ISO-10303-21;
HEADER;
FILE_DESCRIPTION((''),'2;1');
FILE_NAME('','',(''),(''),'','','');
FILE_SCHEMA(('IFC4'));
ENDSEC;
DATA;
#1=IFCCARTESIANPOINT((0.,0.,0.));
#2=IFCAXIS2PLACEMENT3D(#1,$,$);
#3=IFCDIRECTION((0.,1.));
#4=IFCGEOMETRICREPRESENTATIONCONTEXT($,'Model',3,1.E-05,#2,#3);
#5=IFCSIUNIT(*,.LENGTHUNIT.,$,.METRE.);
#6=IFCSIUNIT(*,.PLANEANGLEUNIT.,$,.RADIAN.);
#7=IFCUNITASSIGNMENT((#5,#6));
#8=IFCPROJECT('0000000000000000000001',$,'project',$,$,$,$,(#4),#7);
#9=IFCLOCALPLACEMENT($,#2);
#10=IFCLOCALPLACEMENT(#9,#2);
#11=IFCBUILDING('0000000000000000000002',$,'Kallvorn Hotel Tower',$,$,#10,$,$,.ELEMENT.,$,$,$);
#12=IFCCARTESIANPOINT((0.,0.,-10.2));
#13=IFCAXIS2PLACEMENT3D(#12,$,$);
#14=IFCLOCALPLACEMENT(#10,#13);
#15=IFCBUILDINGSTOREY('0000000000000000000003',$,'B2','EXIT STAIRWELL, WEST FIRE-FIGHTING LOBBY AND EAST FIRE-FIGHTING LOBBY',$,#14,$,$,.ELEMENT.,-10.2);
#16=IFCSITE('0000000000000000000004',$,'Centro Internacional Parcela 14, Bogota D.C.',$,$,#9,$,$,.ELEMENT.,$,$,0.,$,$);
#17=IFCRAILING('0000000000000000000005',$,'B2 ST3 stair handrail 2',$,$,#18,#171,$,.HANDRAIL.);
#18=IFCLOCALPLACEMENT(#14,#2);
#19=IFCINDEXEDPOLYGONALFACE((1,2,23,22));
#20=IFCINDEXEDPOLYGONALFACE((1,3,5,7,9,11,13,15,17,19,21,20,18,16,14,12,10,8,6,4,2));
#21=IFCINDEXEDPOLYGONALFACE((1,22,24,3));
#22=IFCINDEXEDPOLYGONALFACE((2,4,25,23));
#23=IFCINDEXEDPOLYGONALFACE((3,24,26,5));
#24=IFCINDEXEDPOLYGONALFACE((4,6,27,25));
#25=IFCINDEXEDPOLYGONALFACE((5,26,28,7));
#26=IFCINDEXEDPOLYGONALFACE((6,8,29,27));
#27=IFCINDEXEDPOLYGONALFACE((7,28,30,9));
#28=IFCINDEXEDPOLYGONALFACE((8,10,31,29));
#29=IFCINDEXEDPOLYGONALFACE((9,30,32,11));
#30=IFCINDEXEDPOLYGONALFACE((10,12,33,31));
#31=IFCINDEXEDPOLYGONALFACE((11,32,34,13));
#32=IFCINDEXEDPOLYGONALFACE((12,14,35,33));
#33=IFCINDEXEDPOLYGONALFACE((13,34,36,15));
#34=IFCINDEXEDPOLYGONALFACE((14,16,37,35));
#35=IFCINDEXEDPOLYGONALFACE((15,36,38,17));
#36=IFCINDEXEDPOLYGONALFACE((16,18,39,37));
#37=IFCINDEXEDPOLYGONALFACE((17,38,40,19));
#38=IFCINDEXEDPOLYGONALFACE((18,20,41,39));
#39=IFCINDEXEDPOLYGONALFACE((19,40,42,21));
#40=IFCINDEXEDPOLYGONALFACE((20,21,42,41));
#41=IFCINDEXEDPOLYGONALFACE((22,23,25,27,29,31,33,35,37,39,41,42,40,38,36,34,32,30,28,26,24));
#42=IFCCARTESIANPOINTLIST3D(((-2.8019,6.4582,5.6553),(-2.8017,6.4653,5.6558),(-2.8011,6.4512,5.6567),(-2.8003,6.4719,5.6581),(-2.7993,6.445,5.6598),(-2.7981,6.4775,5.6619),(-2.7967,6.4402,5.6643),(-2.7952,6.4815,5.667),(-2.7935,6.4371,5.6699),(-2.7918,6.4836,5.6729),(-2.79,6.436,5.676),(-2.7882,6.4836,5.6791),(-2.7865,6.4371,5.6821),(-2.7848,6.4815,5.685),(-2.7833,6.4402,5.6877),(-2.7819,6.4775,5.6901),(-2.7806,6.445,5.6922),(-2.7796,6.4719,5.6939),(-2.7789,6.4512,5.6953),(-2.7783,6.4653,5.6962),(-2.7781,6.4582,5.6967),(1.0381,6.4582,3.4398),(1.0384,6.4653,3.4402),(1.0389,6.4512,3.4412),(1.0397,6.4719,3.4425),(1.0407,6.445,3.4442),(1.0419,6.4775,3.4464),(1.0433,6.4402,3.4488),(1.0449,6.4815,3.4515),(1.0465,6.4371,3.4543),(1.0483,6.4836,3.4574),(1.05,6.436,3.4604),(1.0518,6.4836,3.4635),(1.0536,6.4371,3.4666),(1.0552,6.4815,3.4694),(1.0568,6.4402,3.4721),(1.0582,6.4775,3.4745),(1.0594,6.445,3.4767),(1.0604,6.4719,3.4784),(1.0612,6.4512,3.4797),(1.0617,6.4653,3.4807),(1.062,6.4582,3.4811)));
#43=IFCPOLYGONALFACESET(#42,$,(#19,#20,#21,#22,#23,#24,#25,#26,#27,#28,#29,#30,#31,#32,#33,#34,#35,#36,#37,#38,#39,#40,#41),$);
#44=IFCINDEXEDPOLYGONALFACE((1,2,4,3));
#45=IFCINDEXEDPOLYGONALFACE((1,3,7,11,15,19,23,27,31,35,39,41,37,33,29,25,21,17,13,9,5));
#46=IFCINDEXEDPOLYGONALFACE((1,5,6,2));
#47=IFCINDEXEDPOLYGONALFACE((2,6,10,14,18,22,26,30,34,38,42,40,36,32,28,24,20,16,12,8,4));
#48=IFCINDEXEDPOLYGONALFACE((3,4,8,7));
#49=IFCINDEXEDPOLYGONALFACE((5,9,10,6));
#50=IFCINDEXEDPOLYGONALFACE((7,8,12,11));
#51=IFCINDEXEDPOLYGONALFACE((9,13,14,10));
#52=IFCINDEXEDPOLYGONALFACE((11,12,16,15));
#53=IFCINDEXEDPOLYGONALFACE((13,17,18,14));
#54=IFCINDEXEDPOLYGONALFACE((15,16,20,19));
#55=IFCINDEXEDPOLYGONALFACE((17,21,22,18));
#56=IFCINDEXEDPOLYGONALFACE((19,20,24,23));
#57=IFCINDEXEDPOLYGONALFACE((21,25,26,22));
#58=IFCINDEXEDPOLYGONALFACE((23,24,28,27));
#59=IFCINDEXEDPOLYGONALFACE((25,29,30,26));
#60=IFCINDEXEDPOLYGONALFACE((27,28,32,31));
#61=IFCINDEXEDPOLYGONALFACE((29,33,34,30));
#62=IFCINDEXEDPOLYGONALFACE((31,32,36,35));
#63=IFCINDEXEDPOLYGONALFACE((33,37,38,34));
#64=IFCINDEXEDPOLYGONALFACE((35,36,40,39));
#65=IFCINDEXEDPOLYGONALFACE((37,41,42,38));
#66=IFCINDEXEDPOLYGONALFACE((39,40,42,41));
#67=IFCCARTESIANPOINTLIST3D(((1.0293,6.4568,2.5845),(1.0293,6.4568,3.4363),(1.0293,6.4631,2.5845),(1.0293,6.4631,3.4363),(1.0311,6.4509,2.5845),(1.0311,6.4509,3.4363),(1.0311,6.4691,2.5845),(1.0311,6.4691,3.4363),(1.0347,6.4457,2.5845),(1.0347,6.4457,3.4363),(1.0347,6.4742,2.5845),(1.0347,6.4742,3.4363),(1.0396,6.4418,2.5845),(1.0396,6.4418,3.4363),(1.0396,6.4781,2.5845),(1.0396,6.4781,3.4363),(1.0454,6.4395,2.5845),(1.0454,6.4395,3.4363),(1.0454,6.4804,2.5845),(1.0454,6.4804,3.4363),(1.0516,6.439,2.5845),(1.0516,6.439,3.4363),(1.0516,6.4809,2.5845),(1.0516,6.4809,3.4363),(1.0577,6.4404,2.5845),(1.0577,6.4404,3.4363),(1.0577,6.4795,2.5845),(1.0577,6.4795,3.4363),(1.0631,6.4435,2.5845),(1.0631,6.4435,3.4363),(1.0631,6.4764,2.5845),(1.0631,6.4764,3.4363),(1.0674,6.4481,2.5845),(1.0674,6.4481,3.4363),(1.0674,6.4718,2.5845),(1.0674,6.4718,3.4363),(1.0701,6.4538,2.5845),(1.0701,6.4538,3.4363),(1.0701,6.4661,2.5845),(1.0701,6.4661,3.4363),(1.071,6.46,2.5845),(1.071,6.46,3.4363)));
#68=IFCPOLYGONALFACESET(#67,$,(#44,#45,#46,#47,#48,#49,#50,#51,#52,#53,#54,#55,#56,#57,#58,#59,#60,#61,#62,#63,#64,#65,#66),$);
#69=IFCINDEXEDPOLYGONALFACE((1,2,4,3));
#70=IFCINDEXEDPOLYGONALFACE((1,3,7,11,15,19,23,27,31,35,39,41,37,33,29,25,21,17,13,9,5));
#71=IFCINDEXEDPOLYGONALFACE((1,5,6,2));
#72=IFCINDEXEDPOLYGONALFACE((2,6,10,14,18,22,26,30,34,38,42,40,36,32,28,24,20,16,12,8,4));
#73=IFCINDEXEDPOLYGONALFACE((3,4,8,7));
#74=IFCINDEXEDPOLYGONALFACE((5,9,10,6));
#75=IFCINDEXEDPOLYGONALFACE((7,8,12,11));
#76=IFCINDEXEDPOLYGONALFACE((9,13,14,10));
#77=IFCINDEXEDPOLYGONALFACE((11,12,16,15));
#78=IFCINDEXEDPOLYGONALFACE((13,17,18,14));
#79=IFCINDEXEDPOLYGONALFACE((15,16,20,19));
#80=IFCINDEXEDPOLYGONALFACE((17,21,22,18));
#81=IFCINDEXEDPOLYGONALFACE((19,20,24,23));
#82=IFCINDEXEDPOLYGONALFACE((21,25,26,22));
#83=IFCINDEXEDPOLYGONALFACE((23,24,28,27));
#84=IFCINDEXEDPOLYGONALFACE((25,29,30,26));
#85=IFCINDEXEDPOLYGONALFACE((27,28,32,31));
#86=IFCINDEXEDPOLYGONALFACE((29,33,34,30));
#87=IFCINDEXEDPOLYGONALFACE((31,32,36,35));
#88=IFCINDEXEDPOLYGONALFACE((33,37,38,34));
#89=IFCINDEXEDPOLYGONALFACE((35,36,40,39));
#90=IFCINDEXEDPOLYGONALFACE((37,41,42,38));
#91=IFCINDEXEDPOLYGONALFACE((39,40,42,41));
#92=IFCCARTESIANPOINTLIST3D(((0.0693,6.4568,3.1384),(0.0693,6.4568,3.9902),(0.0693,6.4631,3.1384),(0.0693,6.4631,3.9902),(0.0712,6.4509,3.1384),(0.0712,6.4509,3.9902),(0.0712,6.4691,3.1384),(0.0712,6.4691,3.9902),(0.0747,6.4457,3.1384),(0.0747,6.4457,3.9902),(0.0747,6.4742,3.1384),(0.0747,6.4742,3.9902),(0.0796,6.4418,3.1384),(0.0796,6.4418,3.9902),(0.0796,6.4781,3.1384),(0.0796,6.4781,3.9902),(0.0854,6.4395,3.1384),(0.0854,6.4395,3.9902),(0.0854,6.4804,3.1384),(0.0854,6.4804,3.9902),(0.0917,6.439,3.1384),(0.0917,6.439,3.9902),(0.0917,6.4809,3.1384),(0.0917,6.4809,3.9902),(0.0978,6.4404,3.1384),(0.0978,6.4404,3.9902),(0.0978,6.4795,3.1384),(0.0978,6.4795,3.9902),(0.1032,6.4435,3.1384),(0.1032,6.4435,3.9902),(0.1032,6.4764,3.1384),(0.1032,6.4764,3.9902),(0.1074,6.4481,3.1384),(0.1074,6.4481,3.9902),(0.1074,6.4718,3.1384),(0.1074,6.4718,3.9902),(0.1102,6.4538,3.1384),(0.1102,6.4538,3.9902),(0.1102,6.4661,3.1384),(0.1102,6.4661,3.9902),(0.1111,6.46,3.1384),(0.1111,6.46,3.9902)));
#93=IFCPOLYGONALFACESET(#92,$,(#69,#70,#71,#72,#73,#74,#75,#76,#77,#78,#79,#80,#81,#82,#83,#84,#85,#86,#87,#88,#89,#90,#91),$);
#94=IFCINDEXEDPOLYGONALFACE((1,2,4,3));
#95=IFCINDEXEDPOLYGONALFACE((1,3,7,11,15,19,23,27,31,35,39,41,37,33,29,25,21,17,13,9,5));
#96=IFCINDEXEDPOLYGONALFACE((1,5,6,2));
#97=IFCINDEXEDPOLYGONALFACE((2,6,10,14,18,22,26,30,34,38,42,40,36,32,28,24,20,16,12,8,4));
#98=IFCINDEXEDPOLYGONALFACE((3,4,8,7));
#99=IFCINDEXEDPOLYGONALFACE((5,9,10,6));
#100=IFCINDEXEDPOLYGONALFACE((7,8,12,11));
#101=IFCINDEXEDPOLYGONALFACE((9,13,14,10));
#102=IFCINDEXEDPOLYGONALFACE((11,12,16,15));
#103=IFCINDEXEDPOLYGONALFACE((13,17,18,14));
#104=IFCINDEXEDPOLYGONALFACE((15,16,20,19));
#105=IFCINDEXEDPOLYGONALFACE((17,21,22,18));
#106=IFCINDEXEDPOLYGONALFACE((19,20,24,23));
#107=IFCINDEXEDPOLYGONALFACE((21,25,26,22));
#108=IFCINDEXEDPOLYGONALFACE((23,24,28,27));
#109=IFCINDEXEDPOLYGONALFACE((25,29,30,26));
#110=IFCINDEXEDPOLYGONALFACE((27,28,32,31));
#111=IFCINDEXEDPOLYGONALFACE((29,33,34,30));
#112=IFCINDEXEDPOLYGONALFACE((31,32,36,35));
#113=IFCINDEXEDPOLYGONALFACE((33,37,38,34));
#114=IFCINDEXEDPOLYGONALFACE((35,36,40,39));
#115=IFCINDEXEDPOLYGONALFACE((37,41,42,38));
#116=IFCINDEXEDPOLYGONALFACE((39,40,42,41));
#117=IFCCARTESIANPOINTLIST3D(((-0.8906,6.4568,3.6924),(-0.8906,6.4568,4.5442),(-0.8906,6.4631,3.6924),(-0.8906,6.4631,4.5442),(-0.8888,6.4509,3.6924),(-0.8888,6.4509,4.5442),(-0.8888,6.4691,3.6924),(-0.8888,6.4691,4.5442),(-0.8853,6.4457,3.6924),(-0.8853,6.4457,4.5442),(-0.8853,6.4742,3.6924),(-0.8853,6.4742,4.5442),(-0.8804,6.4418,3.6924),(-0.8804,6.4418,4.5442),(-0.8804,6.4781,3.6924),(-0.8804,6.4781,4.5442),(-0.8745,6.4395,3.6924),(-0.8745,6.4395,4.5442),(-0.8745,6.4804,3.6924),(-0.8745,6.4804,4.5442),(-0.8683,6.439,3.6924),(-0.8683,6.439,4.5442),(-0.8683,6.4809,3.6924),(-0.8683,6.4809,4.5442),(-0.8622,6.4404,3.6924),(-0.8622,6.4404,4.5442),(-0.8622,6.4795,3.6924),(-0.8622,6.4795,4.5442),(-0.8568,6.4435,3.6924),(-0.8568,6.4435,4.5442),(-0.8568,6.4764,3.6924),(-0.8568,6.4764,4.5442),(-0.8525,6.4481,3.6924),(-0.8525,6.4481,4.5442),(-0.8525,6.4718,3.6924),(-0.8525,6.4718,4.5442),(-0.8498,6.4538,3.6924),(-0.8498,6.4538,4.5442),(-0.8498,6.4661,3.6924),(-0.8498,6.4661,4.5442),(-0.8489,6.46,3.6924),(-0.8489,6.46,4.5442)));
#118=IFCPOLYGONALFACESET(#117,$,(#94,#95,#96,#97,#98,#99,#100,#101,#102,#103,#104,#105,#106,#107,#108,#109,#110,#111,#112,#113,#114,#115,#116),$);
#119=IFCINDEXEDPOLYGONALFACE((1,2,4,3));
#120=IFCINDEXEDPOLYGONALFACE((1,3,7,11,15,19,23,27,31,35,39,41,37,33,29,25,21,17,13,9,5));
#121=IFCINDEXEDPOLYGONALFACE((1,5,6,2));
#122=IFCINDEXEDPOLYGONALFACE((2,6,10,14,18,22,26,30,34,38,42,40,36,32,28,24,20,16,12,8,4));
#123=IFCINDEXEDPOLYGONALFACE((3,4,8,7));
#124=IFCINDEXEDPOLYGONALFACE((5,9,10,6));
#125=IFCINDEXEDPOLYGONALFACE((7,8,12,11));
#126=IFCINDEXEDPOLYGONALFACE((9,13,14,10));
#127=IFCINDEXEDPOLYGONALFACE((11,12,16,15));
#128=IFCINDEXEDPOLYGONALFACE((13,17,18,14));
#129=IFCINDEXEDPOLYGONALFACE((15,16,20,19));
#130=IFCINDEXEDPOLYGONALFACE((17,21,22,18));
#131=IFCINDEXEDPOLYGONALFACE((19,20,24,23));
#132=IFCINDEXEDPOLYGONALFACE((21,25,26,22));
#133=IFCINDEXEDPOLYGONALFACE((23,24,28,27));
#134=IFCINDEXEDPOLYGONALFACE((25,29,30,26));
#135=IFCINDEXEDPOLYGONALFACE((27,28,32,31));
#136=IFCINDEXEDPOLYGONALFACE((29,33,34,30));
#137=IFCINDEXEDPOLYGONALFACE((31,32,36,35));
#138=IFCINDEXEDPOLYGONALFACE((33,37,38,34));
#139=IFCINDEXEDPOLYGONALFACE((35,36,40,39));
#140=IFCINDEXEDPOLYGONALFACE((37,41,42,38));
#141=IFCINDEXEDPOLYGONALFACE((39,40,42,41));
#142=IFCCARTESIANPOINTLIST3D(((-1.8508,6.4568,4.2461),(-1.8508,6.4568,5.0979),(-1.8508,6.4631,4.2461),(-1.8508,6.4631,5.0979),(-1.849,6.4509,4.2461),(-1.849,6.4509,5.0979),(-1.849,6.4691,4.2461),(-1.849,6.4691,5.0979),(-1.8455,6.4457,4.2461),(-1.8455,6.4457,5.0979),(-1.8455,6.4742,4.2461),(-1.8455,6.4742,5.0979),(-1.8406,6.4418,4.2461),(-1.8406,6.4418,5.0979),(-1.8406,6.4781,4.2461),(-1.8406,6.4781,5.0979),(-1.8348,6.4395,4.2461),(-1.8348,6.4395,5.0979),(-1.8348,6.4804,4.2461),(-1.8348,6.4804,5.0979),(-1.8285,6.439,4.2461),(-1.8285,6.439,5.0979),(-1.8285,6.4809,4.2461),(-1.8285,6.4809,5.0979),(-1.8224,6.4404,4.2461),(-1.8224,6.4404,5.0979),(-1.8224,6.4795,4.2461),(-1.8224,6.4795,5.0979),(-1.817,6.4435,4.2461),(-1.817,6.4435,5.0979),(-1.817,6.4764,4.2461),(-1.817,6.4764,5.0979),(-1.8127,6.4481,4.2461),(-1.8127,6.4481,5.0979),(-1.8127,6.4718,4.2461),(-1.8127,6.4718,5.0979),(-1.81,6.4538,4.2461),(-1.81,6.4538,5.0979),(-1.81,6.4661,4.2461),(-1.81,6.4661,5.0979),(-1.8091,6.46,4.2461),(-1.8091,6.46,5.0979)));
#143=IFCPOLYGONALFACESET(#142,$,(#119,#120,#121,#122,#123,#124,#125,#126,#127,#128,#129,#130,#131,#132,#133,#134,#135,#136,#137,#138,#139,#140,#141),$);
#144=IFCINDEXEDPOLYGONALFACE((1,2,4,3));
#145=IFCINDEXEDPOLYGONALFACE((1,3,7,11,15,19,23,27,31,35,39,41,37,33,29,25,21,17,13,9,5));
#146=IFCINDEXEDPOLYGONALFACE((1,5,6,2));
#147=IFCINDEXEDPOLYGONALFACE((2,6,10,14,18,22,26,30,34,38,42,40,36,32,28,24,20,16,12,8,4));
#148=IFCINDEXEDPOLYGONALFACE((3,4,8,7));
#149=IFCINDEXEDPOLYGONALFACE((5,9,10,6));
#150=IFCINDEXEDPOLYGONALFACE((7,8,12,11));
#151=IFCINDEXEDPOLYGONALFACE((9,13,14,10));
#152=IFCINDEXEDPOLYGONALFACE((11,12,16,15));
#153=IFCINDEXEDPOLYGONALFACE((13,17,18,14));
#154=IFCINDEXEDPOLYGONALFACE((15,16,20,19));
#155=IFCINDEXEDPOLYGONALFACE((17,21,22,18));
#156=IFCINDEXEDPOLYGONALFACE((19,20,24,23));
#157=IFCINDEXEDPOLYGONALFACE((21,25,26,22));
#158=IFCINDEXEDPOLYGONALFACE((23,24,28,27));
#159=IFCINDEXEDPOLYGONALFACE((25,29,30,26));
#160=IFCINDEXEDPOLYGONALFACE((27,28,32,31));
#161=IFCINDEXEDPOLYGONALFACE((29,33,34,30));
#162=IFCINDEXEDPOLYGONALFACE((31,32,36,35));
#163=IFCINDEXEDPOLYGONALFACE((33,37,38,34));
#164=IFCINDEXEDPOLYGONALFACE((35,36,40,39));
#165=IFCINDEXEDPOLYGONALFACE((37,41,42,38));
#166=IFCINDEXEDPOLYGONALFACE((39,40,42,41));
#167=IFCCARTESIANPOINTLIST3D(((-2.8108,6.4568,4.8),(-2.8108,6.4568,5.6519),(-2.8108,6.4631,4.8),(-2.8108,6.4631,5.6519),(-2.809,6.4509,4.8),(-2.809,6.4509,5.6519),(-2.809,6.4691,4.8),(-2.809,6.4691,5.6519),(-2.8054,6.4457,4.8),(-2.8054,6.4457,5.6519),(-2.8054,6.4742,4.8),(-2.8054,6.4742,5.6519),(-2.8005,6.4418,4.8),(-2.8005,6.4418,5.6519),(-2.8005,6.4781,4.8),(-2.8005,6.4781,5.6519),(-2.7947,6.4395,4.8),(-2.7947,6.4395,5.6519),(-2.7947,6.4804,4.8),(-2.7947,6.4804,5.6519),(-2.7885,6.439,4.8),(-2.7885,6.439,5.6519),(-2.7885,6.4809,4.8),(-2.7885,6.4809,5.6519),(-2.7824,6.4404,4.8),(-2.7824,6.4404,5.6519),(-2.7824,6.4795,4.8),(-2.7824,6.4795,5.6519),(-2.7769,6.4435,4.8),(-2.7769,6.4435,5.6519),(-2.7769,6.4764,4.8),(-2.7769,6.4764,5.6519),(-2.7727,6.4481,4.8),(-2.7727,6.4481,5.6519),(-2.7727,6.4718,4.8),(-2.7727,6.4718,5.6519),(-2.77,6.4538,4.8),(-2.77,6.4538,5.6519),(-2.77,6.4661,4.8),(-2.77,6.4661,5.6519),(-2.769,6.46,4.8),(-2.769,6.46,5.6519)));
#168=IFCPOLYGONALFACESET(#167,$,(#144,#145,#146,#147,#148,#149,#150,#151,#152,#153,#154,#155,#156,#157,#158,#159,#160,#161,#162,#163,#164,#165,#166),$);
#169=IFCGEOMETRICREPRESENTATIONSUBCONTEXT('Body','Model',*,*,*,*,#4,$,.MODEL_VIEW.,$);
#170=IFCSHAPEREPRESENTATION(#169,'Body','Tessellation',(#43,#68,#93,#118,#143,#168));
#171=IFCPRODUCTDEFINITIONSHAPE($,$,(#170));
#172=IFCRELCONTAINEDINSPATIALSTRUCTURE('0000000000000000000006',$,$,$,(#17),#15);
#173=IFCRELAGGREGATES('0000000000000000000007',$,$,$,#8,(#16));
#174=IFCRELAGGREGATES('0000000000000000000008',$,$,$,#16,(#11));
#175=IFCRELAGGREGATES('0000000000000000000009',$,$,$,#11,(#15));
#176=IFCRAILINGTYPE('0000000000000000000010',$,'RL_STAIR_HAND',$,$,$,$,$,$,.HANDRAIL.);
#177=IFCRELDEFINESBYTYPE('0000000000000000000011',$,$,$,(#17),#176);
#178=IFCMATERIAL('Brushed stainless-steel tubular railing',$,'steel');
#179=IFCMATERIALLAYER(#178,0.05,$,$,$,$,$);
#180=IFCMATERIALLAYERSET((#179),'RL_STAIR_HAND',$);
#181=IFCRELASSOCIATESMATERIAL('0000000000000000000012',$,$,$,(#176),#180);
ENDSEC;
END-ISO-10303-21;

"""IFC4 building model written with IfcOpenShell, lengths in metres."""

from ifc_helpers import new_model, si_unit, direction, frame, origin, origin_2d, place, context, subcontext, project, spatial, circle, extrude, material, layer, layer_set, type_object, element, save


model = new_model("IFC4")

# Units and contexts
model_context = context("Model", 3, precision=1e-05, world=origin(), true_north=direction((0.0, 1.0)))
body_context = subcontext(model_context, "Body", "Model", "MODEL_VIEW")
ifc_project = project(units=[si_unit("LENGTHUNIT", "METRE"), si_unit("PLANEANGLEUNIT", "RADIAN")], contexts=[model_context])

# Site, building, storey
site_placement = place(None, origin())
site = spatial("IfcSite", under=ifc_project, at=site_placement, Name="Centro Internacional Parcela 14, Bogota D.C.", CompositionType="ELEMENT", RefElevation=0.0)
building_placement = place(site_placement, origin())
building = spatial("IfcBuilding", under=site, at=building_placement, Name="Kallvorn Hotel Tower", CompositionType="ELEMENT")
storey_placement = place(building_placement, frame((0.0, 0.0, -10.2)))
storey = spatial("IfcBuildingStorey", under=building, at=storey_placement, Name="B2", Description="EXIT STAIRWELL, WEST FIRE-FIGHTING LOBBY AND EAST FIRE-FIGHTING LOBBY", CompositionType="ELEMENT", Elevation=-10.2)

# Railing
ifc_material_1 = material(Name="Brushed stainless-steel tubular railing", Category="steel")
ifc_layer_1 = layer(ifc_material_1, 0.05)
ifc_layer_set_1 = layer_set([ifc_layer_1], Name="RL_STAIR_HAND")
railing_type_1 = type_object("IfcRailingType", Name="RL_STAIR_HAND", PredefinedType="HANDRAIL", material=ifc_layer_set_1)
railing_1_placement = place(storey_placement, frame((1.05, 6.46, 2.5845)))
element("IfcRailing", 1, at=railing_1_placement, inside=storey, type_object=railing_type_1, Name="B2 ST3 stair handrail 2", PredefinedType="HANDRAIL", context=body_context, shape_type="SweptSolid", body=[
    extrude(circle(Radius=0.0239, at=origin_2d()), frame((0.0, 0.0, 0.876), z_axis=(-0.866172, 0.0, 0.499746), x_axis=(0.0, -1.0, 0.0)), (0.0, 0.0, 1.0), 4.4333),
    extrude(circle(Radius=0.021, at=origin_2d()), origin(), (0.0, 0.0, 1.0), 0.8518),
    extrude(circle(Radius=0.021, at=origin_2d()), frame((-0.96, 0.0, 0.554)), (0.0, 0.0, 1.0), 0.8518),
    extrude(circle(Radius=0.021, at=origin_2d()), frame((-1.9199, 0.0, 1.1079)), (0.0, 0.0, 1.0), 0.8518),
    extrude(circle(Radius=0.021, at=origin_2d()), frame((-2.8801, 0.0, 1.6616)), (0.0, 0.0, 1.0), 0.8518),
    extrude(circle(Radius=0.021, at=origin_2d()), frame((-3.8401, 0.0, 2.2156)), (0.0, 0.0, 1.0), 0.8518),
])

save(model, "model.ifc")
